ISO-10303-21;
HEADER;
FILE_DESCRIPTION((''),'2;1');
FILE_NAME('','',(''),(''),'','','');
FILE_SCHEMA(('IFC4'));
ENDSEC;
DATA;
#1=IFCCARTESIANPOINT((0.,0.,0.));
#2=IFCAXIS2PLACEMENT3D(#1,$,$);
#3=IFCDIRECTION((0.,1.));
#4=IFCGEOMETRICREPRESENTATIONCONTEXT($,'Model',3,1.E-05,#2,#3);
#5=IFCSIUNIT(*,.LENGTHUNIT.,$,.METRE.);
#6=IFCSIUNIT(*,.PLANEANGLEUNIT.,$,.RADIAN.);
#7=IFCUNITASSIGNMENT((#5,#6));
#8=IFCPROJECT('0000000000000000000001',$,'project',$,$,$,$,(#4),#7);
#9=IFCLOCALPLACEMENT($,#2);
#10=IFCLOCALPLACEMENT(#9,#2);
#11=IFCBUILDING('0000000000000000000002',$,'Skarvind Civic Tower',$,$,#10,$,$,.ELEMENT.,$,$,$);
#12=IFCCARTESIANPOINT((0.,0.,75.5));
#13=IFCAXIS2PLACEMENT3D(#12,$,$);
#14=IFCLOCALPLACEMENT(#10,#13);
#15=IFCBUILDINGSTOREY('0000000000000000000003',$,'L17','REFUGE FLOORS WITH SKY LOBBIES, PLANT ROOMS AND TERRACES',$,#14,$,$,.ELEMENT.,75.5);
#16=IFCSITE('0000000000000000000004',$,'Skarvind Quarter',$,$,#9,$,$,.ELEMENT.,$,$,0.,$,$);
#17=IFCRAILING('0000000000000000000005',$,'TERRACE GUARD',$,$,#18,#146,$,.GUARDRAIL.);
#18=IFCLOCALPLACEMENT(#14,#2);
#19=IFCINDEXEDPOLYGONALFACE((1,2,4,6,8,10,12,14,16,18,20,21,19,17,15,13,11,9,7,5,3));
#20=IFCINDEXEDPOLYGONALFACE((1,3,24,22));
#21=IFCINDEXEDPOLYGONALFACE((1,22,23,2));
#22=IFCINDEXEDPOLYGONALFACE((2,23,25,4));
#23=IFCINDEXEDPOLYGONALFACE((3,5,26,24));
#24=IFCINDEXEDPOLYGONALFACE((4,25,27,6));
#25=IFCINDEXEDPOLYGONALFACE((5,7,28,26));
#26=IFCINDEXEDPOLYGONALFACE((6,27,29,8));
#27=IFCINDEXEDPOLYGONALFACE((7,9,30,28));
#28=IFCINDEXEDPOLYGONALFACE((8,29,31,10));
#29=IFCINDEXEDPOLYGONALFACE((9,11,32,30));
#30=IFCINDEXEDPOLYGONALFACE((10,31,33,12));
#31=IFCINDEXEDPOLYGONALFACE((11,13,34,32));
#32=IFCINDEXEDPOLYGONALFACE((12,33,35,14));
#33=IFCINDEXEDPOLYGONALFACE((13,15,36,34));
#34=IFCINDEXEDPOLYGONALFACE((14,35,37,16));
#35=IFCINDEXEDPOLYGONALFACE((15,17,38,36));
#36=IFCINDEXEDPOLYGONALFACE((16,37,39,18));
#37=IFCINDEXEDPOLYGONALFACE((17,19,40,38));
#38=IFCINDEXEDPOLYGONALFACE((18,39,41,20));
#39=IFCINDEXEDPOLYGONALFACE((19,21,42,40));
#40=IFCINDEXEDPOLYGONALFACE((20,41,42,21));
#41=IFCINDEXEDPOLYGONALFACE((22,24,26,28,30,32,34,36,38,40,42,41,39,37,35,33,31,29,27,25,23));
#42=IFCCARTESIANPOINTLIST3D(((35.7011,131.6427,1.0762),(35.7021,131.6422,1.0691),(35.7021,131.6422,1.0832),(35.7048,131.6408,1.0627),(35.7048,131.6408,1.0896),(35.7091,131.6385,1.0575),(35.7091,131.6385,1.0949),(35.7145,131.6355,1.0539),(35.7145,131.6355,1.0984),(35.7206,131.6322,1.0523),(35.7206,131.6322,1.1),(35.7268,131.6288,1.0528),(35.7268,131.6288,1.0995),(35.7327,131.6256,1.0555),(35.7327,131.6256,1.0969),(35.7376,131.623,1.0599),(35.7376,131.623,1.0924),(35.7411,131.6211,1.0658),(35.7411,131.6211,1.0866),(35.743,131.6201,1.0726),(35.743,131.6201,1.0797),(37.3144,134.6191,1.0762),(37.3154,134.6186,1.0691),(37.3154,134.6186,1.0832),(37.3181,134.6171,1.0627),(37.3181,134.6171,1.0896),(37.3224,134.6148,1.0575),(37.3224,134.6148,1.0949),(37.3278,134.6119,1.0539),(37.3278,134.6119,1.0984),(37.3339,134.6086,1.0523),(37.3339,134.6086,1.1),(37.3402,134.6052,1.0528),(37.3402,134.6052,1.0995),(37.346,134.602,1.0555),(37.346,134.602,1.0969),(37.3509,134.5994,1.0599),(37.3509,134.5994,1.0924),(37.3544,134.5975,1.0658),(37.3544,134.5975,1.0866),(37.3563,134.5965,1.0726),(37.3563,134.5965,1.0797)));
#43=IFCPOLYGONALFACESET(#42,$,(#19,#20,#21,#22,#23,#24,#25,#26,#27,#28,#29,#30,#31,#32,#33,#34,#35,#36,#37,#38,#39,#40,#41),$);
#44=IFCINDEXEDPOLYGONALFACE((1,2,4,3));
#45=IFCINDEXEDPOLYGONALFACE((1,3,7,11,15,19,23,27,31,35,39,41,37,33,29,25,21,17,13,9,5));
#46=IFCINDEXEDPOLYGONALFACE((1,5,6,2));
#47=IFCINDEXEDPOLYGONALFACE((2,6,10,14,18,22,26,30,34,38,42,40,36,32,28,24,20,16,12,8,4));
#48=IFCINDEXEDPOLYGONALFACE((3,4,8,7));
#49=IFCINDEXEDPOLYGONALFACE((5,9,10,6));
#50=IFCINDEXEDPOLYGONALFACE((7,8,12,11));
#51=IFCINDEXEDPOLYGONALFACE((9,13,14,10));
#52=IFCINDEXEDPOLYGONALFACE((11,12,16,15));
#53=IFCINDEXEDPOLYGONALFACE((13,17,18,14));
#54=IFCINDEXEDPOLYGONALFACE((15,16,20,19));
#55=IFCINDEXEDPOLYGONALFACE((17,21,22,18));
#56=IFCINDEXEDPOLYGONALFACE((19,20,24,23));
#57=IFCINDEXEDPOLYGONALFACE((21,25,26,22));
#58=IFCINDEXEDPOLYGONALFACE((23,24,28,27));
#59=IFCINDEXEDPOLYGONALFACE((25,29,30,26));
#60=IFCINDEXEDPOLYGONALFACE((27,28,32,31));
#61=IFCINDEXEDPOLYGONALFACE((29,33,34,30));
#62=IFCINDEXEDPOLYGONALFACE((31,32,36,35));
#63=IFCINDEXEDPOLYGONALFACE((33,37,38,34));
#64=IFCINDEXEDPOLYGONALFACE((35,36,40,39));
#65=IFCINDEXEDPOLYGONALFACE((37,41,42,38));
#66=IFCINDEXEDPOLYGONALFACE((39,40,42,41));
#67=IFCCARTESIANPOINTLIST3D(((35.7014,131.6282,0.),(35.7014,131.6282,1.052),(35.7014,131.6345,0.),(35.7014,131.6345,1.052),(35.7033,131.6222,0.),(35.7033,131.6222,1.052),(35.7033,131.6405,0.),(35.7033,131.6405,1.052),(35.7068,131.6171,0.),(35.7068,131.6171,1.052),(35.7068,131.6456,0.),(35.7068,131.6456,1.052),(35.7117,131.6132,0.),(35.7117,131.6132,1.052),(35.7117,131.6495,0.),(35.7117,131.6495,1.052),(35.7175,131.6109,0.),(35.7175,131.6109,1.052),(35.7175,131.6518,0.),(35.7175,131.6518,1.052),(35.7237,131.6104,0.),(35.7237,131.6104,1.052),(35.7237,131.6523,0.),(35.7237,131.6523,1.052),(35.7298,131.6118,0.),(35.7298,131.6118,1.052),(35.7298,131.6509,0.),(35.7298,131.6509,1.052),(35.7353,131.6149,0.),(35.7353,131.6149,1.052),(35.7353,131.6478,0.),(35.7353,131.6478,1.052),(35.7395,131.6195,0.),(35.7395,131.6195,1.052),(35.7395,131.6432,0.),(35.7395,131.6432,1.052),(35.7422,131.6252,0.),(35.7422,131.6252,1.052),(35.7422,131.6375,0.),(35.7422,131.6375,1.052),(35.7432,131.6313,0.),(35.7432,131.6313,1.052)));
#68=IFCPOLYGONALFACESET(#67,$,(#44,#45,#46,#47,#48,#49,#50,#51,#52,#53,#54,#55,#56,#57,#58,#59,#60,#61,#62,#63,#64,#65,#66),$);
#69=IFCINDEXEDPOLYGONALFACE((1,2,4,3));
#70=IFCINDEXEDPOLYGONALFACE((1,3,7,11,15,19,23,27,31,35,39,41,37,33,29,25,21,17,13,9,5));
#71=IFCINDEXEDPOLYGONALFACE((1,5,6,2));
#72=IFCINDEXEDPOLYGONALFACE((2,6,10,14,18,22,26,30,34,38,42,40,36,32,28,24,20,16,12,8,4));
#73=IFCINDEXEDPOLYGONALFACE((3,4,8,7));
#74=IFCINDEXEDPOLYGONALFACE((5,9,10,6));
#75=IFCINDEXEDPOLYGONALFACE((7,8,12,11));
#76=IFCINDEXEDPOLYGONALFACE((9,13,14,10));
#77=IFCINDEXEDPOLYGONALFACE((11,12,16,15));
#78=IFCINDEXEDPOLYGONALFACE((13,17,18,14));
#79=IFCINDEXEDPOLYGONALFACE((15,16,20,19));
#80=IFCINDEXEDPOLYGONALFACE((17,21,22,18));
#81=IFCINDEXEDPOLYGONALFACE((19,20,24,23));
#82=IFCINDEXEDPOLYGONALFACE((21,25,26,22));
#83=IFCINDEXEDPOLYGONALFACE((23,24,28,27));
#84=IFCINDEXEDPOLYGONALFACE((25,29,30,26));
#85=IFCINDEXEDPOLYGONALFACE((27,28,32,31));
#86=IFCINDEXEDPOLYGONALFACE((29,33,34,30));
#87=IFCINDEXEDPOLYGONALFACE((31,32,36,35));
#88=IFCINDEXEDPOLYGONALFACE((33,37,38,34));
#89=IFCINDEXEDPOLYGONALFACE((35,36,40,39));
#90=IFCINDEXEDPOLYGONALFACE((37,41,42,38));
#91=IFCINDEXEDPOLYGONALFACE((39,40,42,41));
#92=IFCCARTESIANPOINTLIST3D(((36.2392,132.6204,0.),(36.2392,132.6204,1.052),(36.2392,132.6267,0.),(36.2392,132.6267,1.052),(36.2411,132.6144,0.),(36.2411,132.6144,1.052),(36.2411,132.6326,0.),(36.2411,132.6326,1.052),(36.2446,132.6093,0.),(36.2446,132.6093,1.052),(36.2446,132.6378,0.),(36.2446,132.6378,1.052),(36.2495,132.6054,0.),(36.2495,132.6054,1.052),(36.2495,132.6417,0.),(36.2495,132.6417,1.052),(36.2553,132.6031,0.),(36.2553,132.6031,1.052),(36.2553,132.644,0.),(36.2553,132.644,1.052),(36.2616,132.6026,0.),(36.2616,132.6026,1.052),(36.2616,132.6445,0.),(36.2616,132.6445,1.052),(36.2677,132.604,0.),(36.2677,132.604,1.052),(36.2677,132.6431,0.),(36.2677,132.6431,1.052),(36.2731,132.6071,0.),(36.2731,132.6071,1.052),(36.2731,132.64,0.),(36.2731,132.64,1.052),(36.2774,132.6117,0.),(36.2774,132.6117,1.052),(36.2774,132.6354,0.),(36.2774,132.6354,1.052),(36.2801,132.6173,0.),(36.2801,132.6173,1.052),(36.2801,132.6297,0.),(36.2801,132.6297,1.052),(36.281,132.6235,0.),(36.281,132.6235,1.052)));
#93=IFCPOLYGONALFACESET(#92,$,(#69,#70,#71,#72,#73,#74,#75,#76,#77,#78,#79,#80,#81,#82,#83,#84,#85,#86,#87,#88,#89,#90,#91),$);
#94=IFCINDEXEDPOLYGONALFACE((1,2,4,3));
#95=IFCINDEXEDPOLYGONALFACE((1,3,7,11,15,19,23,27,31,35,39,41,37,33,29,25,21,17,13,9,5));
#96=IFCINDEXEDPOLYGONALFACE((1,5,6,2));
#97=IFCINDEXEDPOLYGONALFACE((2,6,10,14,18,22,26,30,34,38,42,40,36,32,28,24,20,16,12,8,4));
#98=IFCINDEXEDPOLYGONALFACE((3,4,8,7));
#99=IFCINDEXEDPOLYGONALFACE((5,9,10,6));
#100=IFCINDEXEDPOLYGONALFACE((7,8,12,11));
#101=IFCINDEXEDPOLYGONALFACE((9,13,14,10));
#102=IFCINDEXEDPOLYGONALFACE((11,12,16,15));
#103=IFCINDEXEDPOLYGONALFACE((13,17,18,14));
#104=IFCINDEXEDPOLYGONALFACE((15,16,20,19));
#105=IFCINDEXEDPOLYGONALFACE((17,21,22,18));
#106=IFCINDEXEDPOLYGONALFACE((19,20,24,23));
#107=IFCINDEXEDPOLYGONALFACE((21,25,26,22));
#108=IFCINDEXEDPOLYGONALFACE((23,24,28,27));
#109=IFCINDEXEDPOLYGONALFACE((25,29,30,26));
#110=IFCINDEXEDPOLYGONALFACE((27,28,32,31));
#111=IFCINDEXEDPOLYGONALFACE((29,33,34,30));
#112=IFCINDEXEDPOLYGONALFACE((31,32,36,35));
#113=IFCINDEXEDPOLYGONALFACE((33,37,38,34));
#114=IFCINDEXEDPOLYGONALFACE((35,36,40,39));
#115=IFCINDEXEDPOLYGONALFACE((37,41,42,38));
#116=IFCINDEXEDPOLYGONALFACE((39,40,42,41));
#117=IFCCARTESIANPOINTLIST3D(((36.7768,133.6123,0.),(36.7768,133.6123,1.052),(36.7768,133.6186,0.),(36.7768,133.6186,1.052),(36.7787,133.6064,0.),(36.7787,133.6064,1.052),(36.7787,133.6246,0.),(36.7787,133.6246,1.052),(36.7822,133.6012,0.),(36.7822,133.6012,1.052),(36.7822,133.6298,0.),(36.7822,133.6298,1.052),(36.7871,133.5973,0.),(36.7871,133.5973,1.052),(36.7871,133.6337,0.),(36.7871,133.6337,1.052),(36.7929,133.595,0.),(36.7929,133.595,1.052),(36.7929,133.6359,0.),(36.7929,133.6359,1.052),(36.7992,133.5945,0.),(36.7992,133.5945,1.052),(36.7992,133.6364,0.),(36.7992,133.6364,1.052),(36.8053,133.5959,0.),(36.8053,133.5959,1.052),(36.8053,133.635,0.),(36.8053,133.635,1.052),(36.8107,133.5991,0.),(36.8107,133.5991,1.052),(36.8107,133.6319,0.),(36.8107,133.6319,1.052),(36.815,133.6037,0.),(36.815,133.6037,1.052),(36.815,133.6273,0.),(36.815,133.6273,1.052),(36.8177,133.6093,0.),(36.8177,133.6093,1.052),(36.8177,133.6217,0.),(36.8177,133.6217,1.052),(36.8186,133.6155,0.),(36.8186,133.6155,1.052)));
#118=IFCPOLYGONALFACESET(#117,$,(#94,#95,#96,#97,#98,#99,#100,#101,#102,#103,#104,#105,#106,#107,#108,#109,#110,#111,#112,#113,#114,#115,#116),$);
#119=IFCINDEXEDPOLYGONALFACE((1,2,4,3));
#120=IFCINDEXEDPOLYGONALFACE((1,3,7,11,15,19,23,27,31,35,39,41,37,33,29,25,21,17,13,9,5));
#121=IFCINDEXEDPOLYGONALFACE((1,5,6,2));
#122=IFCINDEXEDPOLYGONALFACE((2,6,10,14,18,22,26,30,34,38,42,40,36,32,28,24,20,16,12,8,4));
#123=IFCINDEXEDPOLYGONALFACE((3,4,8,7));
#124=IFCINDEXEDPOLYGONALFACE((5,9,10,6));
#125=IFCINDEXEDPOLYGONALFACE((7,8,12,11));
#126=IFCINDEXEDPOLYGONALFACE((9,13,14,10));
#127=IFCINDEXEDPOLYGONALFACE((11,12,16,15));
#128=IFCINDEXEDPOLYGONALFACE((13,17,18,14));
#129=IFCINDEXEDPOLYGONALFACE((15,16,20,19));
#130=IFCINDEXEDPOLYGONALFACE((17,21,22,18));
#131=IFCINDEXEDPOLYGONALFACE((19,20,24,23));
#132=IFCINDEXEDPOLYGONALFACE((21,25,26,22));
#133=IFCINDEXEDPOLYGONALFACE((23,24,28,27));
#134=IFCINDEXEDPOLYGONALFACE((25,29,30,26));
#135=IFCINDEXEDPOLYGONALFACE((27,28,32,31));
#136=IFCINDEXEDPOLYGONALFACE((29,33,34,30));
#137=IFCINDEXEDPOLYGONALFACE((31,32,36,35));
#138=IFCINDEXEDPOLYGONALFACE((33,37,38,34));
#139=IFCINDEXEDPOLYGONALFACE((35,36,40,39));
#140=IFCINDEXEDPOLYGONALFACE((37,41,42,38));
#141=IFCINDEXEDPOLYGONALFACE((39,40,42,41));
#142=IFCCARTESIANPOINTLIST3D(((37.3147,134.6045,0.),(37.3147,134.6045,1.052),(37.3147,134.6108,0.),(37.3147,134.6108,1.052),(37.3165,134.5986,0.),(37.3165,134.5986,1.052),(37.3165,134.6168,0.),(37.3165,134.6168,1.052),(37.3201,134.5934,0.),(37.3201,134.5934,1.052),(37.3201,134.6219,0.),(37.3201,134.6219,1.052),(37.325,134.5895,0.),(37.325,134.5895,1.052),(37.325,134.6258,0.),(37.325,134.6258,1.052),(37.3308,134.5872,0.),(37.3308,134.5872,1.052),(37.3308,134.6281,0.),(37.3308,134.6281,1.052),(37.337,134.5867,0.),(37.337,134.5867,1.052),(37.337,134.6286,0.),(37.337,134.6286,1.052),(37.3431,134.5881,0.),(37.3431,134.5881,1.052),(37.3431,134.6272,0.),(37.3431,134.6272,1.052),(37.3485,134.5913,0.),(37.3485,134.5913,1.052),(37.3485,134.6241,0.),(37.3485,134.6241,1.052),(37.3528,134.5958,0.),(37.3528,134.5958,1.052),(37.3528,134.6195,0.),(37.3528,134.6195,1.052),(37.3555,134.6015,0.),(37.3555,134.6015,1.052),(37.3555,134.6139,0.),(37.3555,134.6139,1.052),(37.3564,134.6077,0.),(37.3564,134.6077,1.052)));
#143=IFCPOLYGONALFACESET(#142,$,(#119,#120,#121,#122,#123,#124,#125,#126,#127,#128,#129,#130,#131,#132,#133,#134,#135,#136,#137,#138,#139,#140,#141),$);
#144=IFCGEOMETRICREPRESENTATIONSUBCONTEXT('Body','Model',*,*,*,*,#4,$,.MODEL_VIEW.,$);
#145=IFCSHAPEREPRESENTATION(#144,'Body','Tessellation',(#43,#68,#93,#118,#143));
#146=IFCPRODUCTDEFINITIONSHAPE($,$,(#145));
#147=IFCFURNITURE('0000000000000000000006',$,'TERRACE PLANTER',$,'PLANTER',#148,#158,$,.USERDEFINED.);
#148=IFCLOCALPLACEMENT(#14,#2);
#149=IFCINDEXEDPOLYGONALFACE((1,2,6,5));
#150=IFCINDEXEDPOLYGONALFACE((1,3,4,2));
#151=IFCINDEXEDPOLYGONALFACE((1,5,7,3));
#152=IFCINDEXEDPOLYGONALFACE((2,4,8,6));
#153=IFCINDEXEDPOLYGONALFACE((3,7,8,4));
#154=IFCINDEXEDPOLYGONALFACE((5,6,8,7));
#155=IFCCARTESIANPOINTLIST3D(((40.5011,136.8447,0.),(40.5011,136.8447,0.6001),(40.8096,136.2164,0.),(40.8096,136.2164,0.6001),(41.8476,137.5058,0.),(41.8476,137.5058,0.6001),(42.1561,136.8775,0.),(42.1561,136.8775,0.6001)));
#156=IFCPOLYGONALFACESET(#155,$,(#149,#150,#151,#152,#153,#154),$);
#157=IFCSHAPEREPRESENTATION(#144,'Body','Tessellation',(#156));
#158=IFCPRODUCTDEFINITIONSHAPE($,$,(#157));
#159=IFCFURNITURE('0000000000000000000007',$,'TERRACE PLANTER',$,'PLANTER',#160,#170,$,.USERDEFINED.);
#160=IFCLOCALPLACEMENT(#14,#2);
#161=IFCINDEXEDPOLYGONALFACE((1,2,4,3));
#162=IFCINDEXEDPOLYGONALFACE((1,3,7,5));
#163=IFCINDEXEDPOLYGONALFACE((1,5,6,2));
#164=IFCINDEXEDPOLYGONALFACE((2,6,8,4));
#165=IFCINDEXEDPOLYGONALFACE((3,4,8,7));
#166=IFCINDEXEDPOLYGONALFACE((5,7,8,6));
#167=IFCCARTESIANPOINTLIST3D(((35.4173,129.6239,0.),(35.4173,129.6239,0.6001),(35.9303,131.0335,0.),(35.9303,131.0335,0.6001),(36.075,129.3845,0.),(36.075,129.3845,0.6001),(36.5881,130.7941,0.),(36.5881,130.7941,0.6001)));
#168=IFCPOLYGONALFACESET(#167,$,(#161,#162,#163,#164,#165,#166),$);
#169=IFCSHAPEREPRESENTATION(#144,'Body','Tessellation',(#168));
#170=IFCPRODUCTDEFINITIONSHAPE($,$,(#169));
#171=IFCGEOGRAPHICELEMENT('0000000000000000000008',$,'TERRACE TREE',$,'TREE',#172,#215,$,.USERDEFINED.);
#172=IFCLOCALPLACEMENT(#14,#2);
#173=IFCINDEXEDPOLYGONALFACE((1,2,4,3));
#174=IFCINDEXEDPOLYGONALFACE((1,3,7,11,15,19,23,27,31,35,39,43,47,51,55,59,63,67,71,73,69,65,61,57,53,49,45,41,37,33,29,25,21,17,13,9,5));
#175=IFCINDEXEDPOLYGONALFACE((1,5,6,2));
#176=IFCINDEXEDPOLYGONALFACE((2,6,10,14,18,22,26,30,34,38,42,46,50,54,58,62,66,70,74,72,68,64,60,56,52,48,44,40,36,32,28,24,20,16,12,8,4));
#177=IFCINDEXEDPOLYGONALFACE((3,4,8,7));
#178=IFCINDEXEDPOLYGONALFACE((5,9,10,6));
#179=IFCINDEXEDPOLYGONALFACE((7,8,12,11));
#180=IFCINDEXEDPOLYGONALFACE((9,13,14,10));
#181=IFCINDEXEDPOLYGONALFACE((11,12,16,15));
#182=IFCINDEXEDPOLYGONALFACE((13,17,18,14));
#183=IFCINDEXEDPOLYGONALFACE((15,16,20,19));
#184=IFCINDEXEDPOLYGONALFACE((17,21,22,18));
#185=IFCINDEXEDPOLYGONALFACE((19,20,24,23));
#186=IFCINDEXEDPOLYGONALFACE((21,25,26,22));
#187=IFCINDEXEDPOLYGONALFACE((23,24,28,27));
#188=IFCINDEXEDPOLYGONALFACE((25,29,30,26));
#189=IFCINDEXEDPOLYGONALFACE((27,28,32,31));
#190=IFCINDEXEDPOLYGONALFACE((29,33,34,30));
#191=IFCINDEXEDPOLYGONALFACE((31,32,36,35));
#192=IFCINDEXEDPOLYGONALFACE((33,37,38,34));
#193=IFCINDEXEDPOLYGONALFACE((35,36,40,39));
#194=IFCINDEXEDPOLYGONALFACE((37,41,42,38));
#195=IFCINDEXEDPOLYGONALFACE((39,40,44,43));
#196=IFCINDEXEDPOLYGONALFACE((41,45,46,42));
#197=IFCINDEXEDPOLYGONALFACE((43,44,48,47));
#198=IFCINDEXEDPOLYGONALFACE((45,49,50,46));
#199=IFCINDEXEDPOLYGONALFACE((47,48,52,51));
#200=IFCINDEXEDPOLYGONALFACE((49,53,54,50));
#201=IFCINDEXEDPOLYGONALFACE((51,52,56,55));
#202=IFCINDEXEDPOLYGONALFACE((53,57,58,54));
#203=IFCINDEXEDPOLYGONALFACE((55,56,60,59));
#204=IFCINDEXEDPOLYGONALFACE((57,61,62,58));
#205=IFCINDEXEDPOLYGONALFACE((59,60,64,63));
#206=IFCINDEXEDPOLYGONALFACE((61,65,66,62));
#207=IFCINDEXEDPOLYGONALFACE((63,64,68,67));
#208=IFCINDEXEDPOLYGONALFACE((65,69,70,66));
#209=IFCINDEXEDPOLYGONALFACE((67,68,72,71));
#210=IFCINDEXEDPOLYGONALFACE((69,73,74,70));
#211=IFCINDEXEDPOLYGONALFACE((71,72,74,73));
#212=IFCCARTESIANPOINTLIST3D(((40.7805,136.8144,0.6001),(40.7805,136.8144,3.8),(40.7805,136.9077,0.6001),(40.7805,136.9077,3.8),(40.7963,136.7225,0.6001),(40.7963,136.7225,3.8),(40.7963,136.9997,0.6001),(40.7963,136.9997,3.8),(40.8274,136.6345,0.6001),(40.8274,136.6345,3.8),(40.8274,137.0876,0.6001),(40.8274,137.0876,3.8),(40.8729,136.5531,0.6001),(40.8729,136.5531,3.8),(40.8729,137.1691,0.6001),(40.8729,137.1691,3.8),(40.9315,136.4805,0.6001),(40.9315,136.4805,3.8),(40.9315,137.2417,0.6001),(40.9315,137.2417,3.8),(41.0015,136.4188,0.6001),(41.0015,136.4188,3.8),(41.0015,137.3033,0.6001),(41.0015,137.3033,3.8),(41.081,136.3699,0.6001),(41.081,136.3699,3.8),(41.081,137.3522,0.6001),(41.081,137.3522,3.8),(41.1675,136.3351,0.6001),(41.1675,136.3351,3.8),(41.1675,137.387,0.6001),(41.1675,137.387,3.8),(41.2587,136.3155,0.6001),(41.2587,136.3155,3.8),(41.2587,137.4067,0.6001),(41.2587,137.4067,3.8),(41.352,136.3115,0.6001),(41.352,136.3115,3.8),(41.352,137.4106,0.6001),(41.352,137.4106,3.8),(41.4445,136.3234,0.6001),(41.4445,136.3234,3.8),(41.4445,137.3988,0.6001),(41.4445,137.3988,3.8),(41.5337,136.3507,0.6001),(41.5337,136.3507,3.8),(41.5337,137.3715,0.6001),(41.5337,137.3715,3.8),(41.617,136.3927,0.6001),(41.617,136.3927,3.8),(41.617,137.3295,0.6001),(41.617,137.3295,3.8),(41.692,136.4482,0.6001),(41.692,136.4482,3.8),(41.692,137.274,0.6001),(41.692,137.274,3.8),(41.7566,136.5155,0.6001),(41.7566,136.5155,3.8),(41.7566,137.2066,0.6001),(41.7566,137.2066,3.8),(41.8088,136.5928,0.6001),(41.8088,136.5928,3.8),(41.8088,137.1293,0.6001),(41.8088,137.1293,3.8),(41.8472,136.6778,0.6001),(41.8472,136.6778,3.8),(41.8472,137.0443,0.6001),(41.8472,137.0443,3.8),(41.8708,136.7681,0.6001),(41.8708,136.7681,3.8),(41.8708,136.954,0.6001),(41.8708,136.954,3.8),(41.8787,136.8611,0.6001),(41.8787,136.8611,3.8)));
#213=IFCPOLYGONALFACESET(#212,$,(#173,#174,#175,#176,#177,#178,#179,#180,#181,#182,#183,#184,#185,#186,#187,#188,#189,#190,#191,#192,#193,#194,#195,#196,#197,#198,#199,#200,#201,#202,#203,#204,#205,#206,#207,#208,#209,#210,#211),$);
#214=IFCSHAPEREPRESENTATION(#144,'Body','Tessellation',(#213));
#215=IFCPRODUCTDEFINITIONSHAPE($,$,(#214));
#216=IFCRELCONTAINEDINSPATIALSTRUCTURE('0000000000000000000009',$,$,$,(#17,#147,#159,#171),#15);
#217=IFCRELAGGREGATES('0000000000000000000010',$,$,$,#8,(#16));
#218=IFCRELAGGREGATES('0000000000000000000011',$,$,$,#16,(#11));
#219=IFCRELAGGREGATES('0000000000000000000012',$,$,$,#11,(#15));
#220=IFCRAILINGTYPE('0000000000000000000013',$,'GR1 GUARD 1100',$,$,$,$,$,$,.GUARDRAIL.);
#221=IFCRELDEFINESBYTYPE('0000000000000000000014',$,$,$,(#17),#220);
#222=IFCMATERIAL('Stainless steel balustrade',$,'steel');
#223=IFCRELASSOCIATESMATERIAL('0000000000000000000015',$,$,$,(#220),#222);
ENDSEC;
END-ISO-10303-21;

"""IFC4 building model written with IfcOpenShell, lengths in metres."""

from ifc_helpers import new_model, si_unit, direction, frame, origin, origin_2d, place, context, subcontext, project, spatial, rectangle, circle, extrude, material, type_object, element, save


model = new_model("IFC4")

# Units and contexts
model_context = context("Model", 3, precision=1e-05, world=origin(), true_north=direction((0.0, 1.0)))
body_context = subcontext(model_context, "Body", "Model", "MODEL_VIEW")
ifc_project = project(units=[si_unit("LENGTHUNIT", "METRE"), si_unit("PLANEANGLEUNIT", "RADIAN")], contexts=[model_context])

# Site, building, storey
site_placement = place(None, origin())
site = spatial("IfcSite", under=ifc_project, at=site_placement, Name="Skarvind Quarter", CompositionType="ELEMENT", RefElevation=0.0)
building_placement = place(site_placement, origin())
building = spatial("IfcBuilding", under=site, at=building_placement, Name="Skarvind Civic Tower", CompositionType="ELEMENT")
storey_placement = place(building_placement, frame((0.0, 0.0, 75.5)))
storey = spatial("IfcBuildingStorey", under=building, at=storey_placement, Name="L17", Description="REFUGE FLOORS WITH SKY LOBBIES, PLANT ROOMS AND TERRACES", CompositionType="ELEMENT", Elevation=75.5)

# Railing
ifc_material_1 = material(Name="Stainless steel balustrade", Category="steel")
railing_type = type_object("IfcRailingType", Name="GR1 GUARD 1100", PredefinedType="GUARDRAIL", material=ifc_material_1)
railing_1_placement = place(storey_placement, frame((35.7222, 131.6313, 0.0)))
element("IfcRailing", 1, at=railing_1_placement, inside=storey, type_object=railing_type, Name="TERRACE GUARD", PredefinedType="GUARDRAIL", context=body_context, shape_type="SweptSolid", body=[
    extrude(circle(Radius=0.0239, at=origin_2d()), frame((0.0, 0.0, 1.0762), z_axis=(0.476536, 0.879155, 0.0), x_axis=(-0.879155, 0.476536, 0.0)), (0.0, 0.0, 1.0), 3.3855),
    extrude(circle(Radius=0.021, at=origin_2d()), origin(), (0.0, 0.0, 1.0), 1.052),
    extrude(circle(Radius=0.021, at=origin_2d()), frame((0.5378, 0.9922, 0.0)), (0.0, 0.0, 1.0), 1.052),
    extrude(circle(Radius=0.021, at=origin_2d()), frame((1.0754, 1.9841, 0.0)), (0.0, 0.0, 1.0), 1.052),
    extrude(circle(Radius=0.021, at=origin_2d()), frame((1.6133, 2.9763, 0.0)), (0.0, 0.0, 1.0), 1.052),
])

# Furniture
for number, where, z_axis, x_axis, name in (
    (2, (41.3286, 136.8611, 0.0), (0.0, 0.0, 1.0), (0.897643, 0.440723, 0.0), "TERRACE PLANTER"),
    (3, (36.0027, 130.209, 0.0), (0.0, 0.0, 1.0), (0.34202, 0.939693, 0.0), "TERRACE PLANTER"),
):
    element("IfcFurniture", number, at=place(storey_placement, frame(where, z_axis=z_axis, x_axis=x_axis)), inside=storey, Name=name, ObjectType="PLANTER", PredefinedType="USERDEFINED", context=body_context, shape_type="SweptSolid", body=[
        extrude(rectangle(XDim=1.5, YDim=0.7, at=origin_2d()), origin(), (0.0, 0.0, 1.0), 0.6001),
    ])

# Geographic element
for number, where, z_axis, x_axis, name in (
    (4, (41.3286, 136.8611, 0.6001), (0.0, 0.0, 1.0), (1.0, 0.0, 0.0), "TERRACE TREE"),
):
    element("IfcGeographicElement", number, at=place(storey_placement, frame(where, z_axis=z_axis, x_axis=x_axis)), inside=storey, Name=name, ObjectType="TREE", PredefinedType="USERDEFINED", context=body_context, shape_type="SweptSolid", body=[
        extrude(circle(Radius=0.55, at=origin_2d()), origin(), (0.0, 0.0, 1.0), 3.2),
    ])

save(model, "model.ifc")
